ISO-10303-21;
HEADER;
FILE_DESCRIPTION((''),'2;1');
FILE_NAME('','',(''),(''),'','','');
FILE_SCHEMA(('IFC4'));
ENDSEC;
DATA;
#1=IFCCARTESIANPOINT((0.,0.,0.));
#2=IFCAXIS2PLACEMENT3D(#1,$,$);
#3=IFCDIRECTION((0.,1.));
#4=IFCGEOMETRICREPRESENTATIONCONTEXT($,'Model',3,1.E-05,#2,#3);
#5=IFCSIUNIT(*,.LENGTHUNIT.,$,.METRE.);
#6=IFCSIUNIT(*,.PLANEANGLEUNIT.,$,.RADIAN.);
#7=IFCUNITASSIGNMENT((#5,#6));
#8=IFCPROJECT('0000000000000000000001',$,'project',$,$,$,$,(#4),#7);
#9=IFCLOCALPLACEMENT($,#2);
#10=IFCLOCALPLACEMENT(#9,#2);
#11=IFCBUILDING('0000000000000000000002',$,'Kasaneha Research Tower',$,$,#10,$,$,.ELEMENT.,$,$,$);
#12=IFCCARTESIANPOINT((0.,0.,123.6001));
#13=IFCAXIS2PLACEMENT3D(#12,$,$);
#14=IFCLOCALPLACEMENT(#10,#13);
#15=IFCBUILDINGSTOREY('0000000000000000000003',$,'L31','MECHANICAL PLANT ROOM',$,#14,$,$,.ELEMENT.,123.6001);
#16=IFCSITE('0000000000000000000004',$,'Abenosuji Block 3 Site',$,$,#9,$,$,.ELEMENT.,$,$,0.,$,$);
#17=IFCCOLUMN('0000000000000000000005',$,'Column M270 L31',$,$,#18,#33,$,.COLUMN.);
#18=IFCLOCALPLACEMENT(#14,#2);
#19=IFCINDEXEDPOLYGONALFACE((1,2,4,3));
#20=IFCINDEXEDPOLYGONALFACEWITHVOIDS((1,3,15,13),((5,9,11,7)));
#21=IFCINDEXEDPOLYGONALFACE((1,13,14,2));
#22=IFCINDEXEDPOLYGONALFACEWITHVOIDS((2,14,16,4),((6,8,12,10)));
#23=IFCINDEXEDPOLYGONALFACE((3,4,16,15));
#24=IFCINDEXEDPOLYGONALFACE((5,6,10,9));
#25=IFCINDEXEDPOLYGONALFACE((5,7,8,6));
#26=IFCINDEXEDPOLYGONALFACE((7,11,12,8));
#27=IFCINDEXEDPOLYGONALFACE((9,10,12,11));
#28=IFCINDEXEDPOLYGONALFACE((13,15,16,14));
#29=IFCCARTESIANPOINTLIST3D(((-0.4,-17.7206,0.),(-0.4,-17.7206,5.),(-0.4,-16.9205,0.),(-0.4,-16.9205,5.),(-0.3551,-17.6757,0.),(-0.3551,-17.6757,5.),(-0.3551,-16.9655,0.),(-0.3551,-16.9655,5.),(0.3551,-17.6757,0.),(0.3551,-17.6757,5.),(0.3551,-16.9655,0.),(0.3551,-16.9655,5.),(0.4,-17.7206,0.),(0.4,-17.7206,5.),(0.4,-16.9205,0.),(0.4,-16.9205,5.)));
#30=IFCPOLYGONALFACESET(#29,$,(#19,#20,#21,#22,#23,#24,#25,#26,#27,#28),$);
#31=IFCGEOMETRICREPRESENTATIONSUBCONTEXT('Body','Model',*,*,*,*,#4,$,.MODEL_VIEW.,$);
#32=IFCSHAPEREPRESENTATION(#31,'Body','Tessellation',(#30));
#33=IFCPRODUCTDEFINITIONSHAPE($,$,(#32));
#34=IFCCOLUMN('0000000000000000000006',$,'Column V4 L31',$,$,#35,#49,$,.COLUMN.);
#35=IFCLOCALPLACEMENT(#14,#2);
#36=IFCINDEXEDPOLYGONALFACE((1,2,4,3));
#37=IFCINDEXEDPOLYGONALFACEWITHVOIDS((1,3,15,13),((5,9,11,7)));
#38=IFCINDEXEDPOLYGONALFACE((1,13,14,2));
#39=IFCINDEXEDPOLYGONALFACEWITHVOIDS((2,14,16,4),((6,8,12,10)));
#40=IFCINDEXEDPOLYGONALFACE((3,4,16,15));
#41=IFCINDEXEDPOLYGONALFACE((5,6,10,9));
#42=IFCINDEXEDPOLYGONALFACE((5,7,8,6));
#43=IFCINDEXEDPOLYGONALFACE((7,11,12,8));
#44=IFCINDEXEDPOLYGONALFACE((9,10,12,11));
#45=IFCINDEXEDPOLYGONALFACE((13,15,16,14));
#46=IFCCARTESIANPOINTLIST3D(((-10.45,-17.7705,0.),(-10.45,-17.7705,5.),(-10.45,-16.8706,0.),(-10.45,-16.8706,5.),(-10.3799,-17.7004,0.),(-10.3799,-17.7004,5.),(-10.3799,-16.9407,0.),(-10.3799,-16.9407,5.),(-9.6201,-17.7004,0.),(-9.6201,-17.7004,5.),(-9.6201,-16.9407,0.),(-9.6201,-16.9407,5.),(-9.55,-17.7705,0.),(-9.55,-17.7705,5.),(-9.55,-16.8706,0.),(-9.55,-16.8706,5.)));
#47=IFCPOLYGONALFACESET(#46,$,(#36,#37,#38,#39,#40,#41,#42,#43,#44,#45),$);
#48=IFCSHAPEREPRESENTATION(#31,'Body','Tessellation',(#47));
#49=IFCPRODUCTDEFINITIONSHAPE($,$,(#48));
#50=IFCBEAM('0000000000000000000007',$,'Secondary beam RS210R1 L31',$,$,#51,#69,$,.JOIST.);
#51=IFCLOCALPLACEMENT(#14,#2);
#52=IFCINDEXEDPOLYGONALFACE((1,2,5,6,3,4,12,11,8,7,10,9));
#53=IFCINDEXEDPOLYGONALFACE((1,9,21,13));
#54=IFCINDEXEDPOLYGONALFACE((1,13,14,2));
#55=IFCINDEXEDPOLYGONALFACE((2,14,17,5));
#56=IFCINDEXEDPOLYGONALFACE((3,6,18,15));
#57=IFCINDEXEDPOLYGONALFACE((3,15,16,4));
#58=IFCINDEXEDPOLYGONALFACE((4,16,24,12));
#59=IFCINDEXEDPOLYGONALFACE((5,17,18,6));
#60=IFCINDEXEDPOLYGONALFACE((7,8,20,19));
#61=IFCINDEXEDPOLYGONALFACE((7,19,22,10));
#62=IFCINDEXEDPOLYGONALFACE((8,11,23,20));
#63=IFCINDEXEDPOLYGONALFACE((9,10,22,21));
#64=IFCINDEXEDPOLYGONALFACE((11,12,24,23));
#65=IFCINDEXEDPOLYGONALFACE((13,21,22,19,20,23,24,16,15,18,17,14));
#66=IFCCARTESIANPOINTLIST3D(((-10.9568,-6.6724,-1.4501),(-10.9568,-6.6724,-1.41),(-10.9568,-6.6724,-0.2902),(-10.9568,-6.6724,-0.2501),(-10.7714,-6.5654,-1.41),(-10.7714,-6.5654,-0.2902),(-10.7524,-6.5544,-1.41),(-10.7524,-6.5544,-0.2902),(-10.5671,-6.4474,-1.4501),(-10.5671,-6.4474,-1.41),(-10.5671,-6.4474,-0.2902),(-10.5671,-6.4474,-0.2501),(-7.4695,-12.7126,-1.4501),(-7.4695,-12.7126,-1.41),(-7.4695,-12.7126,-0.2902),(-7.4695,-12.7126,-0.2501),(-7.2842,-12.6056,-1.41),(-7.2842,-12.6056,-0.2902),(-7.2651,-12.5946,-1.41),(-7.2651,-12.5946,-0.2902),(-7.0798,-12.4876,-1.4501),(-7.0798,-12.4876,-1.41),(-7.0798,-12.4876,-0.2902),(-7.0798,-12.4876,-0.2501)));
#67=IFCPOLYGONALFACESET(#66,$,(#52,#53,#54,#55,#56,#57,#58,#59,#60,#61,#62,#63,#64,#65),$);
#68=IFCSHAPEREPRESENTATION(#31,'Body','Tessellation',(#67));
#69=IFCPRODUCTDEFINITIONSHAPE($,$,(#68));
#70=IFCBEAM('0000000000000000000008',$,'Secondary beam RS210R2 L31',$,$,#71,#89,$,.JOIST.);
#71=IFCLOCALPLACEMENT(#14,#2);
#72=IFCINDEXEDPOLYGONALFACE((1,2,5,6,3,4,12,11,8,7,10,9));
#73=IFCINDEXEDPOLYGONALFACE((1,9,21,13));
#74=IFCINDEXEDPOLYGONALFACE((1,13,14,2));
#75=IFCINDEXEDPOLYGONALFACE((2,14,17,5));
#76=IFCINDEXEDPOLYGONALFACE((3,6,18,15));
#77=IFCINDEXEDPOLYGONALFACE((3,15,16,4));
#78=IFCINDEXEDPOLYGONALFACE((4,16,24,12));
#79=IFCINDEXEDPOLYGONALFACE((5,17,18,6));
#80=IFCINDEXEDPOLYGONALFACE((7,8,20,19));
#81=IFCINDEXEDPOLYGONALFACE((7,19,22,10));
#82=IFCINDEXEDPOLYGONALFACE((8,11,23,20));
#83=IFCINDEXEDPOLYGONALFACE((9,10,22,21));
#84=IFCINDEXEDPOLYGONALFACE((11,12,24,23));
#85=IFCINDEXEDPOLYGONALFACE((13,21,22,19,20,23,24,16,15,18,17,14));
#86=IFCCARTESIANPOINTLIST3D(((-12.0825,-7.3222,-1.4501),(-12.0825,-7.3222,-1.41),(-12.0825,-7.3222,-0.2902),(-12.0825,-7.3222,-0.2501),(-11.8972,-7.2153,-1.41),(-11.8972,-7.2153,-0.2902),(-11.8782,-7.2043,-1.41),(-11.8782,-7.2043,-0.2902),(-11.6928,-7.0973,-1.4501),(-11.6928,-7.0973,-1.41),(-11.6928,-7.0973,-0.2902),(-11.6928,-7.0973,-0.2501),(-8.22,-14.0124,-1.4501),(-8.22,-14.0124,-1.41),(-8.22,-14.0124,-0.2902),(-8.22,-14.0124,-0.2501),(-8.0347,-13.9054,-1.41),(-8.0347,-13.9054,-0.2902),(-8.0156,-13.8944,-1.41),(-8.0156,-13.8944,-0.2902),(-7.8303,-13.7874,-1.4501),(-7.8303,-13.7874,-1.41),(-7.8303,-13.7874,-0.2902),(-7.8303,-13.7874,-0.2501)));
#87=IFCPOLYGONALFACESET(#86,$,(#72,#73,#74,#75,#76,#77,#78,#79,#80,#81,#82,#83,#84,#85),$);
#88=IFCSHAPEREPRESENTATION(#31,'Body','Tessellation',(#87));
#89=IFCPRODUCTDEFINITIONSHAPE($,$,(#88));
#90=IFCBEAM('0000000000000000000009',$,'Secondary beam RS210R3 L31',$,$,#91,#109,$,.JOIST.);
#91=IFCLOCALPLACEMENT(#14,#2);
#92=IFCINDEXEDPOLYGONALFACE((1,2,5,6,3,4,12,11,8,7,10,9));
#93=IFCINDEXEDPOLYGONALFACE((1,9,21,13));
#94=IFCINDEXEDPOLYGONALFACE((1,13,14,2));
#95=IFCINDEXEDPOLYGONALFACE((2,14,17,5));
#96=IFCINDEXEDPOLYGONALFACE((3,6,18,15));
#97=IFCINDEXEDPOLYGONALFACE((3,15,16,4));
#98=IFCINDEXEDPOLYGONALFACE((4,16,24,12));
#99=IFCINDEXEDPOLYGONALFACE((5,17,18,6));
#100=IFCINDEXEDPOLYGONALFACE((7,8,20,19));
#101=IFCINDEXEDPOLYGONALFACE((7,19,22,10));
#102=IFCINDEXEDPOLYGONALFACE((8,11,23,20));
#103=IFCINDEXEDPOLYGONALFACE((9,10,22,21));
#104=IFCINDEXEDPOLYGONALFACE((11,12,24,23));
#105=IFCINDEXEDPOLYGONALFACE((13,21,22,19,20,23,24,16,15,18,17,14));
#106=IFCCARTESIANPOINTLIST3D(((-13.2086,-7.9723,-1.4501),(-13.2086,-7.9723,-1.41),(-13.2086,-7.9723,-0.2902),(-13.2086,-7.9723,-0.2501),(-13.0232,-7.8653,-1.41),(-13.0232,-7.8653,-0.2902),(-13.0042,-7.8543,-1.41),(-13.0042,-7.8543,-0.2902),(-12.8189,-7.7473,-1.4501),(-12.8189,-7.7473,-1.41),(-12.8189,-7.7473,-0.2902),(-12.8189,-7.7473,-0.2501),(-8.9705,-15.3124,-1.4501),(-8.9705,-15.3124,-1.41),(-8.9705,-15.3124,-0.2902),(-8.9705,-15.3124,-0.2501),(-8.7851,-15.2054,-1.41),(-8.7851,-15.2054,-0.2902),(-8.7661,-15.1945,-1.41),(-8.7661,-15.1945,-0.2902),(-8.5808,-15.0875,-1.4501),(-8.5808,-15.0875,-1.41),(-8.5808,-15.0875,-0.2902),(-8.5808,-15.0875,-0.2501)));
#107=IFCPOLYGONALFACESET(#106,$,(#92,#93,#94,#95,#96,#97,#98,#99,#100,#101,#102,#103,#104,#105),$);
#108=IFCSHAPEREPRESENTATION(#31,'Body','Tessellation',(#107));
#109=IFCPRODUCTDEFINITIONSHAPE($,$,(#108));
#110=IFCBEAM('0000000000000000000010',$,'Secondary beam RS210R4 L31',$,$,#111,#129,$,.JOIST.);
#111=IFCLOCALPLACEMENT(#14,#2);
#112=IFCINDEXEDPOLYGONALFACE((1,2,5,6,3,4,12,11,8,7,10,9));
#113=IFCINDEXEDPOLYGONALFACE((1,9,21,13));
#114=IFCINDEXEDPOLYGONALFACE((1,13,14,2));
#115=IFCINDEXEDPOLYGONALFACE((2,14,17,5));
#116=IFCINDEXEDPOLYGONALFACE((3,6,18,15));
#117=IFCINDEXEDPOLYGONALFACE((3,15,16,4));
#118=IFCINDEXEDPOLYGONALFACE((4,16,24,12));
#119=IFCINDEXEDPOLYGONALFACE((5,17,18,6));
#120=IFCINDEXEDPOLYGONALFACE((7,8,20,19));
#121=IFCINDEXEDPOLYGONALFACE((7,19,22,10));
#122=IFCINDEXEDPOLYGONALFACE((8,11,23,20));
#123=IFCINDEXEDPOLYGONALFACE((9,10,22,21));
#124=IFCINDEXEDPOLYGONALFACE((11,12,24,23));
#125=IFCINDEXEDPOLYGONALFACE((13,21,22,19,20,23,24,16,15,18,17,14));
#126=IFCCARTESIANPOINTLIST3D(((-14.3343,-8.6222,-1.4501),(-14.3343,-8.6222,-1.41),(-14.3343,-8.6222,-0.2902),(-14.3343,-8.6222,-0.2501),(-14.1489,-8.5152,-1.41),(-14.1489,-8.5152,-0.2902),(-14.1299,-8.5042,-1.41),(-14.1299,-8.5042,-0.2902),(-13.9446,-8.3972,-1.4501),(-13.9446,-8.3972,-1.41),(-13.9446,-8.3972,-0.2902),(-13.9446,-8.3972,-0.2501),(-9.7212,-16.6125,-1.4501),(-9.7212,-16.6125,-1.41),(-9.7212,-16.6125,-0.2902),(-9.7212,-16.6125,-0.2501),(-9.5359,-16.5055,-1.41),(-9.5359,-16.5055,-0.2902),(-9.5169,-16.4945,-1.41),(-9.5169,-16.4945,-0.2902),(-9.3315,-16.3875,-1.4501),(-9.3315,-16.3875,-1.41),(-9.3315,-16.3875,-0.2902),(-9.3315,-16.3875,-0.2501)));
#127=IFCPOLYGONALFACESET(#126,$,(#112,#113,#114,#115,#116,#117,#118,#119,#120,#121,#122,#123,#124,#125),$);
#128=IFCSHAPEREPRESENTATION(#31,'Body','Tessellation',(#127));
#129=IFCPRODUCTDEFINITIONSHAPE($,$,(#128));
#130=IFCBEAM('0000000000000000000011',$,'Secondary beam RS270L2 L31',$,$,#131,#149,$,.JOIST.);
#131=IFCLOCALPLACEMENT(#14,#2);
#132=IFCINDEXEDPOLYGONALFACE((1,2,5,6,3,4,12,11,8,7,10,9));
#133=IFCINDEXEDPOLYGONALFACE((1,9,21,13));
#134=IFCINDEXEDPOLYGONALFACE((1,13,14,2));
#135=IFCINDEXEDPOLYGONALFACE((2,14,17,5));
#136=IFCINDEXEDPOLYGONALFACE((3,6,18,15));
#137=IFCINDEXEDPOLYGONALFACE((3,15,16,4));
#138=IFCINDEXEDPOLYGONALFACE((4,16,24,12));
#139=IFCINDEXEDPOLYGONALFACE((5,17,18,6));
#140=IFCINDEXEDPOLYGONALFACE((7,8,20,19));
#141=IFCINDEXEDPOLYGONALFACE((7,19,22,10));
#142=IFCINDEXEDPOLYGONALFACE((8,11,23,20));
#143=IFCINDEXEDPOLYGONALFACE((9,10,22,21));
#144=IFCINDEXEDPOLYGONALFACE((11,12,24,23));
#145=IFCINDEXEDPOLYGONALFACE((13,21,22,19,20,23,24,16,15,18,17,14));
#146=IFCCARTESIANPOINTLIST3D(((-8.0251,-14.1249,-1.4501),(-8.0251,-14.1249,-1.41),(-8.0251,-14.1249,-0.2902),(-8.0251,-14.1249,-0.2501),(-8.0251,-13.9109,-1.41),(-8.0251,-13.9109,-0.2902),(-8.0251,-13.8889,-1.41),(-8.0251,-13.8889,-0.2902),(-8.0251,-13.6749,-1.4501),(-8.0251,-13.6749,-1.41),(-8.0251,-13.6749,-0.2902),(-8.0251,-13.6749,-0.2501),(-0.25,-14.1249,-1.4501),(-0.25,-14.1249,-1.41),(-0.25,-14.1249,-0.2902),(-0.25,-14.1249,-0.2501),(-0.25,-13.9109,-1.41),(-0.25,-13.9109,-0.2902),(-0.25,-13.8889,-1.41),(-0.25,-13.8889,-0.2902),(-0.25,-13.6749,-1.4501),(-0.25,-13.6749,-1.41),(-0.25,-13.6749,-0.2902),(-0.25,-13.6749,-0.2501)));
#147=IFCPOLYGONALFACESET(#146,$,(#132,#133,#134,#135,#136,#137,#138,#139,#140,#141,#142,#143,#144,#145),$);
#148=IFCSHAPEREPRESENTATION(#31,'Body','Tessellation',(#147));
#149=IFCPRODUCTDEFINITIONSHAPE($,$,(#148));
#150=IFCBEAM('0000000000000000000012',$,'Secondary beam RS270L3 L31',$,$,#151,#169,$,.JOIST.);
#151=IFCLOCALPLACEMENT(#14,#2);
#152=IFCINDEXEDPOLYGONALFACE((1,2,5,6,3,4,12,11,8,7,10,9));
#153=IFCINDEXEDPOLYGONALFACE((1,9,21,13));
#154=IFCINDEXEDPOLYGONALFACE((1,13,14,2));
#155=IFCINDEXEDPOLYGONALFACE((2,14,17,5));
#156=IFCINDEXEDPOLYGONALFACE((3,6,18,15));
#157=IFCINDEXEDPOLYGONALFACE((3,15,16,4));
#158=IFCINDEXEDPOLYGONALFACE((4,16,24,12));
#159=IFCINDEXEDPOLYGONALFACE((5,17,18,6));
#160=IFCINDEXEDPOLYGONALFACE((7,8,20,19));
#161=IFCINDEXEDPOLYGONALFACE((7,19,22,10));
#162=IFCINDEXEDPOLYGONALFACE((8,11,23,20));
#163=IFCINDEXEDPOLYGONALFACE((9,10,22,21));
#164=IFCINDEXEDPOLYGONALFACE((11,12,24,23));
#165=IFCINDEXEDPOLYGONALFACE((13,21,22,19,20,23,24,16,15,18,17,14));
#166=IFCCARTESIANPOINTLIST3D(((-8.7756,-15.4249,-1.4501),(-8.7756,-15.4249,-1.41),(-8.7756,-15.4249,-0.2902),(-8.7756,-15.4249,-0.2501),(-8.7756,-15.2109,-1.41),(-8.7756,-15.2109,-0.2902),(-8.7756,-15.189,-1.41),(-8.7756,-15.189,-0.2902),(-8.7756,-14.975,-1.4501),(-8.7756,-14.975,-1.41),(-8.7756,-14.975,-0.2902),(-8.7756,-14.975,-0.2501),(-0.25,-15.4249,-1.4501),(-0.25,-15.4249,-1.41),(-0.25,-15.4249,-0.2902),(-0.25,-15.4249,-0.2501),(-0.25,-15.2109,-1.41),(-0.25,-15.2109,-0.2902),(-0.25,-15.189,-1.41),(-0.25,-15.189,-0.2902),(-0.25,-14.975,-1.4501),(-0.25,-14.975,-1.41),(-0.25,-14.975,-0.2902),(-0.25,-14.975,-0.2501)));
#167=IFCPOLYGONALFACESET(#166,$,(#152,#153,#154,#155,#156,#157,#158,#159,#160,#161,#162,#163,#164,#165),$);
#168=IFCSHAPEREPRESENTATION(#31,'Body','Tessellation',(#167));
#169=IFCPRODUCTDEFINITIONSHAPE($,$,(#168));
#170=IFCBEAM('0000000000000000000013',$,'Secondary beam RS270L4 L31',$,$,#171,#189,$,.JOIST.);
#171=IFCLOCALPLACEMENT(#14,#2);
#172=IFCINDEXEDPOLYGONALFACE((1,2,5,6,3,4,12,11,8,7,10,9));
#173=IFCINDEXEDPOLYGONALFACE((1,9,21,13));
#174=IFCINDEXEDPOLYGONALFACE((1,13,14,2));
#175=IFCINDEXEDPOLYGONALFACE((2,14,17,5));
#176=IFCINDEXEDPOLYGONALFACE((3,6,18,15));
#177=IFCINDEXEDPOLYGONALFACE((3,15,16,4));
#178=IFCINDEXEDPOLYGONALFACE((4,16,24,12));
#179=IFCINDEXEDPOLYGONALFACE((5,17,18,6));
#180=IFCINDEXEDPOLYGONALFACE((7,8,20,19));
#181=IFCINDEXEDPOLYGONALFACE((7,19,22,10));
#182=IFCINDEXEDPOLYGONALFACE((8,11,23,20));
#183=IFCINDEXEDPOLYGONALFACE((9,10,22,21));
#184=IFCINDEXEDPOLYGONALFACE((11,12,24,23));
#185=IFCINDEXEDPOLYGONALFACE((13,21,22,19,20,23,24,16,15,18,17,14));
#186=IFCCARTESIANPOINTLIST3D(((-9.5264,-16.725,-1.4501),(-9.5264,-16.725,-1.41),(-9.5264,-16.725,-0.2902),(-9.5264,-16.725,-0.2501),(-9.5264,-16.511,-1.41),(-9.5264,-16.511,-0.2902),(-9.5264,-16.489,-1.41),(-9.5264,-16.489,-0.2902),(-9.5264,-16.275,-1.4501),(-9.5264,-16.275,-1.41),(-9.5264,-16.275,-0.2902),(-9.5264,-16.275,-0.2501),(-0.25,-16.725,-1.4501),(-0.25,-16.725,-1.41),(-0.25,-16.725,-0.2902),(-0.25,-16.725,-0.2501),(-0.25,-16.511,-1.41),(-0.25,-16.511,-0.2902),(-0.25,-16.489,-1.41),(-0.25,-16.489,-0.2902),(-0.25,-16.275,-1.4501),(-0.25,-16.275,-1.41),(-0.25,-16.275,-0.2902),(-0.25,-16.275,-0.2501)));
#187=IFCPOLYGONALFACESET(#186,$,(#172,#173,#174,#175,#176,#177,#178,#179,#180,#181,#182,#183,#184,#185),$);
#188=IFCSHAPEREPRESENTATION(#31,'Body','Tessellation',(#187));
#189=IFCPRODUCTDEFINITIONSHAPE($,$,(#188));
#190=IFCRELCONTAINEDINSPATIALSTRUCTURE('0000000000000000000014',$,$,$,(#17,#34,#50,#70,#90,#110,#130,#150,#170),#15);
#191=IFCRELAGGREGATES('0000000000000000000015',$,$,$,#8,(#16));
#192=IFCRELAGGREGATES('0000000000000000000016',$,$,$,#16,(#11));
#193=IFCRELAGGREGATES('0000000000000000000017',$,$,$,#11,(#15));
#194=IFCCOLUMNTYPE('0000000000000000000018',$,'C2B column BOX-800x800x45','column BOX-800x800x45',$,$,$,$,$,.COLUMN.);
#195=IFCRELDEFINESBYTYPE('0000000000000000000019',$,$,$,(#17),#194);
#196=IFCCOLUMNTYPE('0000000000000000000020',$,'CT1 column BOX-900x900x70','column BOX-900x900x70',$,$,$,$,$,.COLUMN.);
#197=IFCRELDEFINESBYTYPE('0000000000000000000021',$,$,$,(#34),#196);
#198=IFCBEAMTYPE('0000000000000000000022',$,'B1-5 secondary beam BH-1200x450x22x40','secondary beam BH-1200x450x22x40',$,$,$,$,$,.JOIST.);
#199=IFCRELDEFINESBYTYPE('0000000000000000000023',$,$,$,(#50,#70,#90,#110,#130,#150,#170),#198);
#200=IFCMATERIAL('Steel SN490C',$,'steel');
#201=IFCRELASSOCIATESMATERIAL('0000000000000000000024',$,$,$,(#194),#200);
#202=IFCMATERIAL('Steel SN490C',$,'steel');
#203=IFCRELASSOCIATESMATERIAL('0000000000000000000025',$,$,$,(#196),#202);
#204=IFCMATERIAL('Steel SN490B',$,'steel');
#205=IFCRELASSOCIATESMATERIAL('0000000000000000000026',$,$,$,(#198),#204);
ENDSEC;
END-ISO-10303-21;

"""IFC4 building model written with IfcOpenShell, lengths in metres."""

from ifc_helpers import new_model, si_unit, direction, frame, origin, origin_2d, place, context, subcontext, project, spatial, hollow_rectangle, i_section, extrude, material, material_profile, profile_set, type_object, element, save


model = new_model("IFC4")

# Units and contexts
model_context = context("Model", 3, precision=1e-05, world=origin(), true_north=direction((0.0, 1.0)))
body_context = subcontext(model_context, "Body", "Model", "MODEL_VIEW")
ifc_project = project(units=[si_unit("LENGTHUNIT", "METRE"), si_unit("PLANEANGLEUNIT", "RADIAN")], contexts=[model_context])

# Site, building, storey
site_placement = place(None, origin())
site = spatial("IfcSite", under=ifc_project, at=site_placement, Name="Abenosuji Block 3 Site", CompositionType="ELEMENT", RefElevation=0.0)
building_placement = place(site_placement, origin())
building = spatial("IfcBuilding", under=site, at=building_placement, Name="Kasaneha Research Tower", CompositionType="ELEMENT")
storey_placement = place(building_placement, frame((0.0, 0.0, 123.6001)))
storey = spatial("IfcBuildingStorey", under=building, at=storey_placement, Name="L31", Description="MECHANICAL PLANT ROOM", CompositionType="ELEMENT", Elevation=123.6001)

# Columns
ifc_material_1 = material(Name="Steel SN490C", Category="steel")
ifc_material_profile_1 = material_profile(ifc_material_1, hollow_rectangle(XDim=0.8, YDim=0.8, WallThickness=0.0449, at=origin_2d()), Name="BOX-800x800x45")
ifc_profile_set_1 = profile_set([ifc_material_profile_1], Name="Steel SN490C")
column_type_1 = type_object("IfcColumnType", Name="C2B column BOX-800x800x45", Description="column BOX-800x800x45", PredefinedType="COLUMN", material=ifc_profile_set_1)
column_1_placement = place(storey_placement, frame((0.0, -17.3206, 0.0), z_axis=(0.0, 0.0, 1.0), x_axis=(1.0, 0.0, 0.0)))
element("IfcColumn", 1, at=column_1_placement, inside=storey, type_object=column_type_1, Name="Column M270 L31", PredefinedType="COLUMN", context=body_context, shape_type="SweptSolid", body=[
    extrude(hollow_rectangle(XDim=0.8, YDim=0.8, WallThickness=0.0449, at=origin_2d()), origin(), (0.0, 0.0, 1.0), 5.0),
])
ifc_material_2 = material(Name="Steel SN490C", Category="steel")
ifc_material_profile_2 = material_profile(ifc_material_2, hollow_rectangle(XDim=0.8999, YDim=0.8999, WallThickness=0.0701, at=origin_2d()), Name="BOX-900x900x70")
ifc_profile_set_2 = profile_set([ifc_material_profile_2], Name="Steel SN490C")
column_type_2 = type_object("IfcColumnType", Name="CT1 column BOX-900x900x70", Description="column BOX-900x900x70", PredefinedType="COLUMN", material=ifc_profile_set_2)
column_2_placement = place(storey_placement, frame((-10.0, -17.3206, 0.0), z_axis=(0.0, 0.0, 1.0), x_axis=(1.0, 0.0, 0.0)))
element("IfcColumn", 2, at=column_2_placement, inside=storey, type_object=column_type_2, Name="Column V4 L31", PredefinedType="COLUMN", context=body_context, shape_type="SweptSolid", body=[
    extrude(hollow_rectangle(XDim=0.8999, YDim=0.8999, WallThickness=0.0701, at=origin_2d()), origin(), (0.0, 0.0, 1.0), 5.0),
])

# Beams
ifc_material_3 = material(Name="Steel SN490B", Category="steel")
ifc_material_profile_3 = material_profile(ifc_material_3, i_section(OverallWidth=0.45, OverallDepth=1.2, WebThickness=0.022, FlangeThickness=0.04, at=origin_2d()), Name="BH-1200x450x22x40")
ifc_profile_set_3 = profile_set([ifc_material_profile_3], Name="Steel SN490B")
beam_type_1 = type_object("IfcBeamType", Name="B1-5 secondary beam BH-1200x450x22x40", Description="secondary beam BH-1200x450x22x40", PredefinedType="JOIST", material=ifc_profile_set_3)
beam_1_placement = place(storey_placement, frame((-7.2747, -12.6001, -0.8501), z_axis=(-0.499994, 0.866029, 0.0), x_axis=(-0.866029, -0.499994, 0.0)))
element("IfcBeam", 3, at=beam_1_placement, inside=storey, type_object=beam_type_1, Name="Secondary beam RS210R1 L31", PredefinedType="JOIST", context=body_context, shape_type="SweptSolid", body=[
    extrude(i_section(OverallWidth=0.45, OverallDepth=1.2, WebThickness=0.022, FlangeThickness=0.04, at=origin_2d()), origin(), (0.0, 0.0, 1.0), 6.9746),
])
beam_2_placement = place(storey_placement, frame((-8.0251, -13.8999, -0.8501), z_axis=(-0.499997, 0.866027, 0.0), x_axis=(-0.866027, -0.499997, 0.0)))
element("IfcBeam", 4, at=beam_2_placement, inside=storey, type_object=beam_type_1, Name="Secondary beam RS210R2 L31", PredefinedType="JOIST", context=body_context, shape_type="SweptSolid", body=[
    extrude(i_section(OverallWidth=0.45, OverallDepth=1.2, WebThickness=0.022, FlangeThickness=0.04, at=origin_2d()), origin(), (0.0, 0.0, 1.0), 7.7251),
])
beam_3_placement = place(storey_placement, frame((-8.7756, -15.2, -0.8501), z_axis=(-0.500021, 0.866013, 0.0), x_axis=(-0.866013, -0.500021, 0.0)))
element("IfcBeam", 5, at=beam_3_placement, inside=storey, type_object=beam_type_1, Name="Secondary beam RS210R3 L31", PredefinedType="JOIST", context=body_context, shape_type="SweptSolid", body=[
    extrude(i_section(OverallWidth=0.45, OverallDepth=1.2, WebThickness=0.022, FlangeThickness=0.04, at=origin_2d()), origin(), (0.0, 0.0, 1.0), 8.4758),
])
beam_4_placement = place(storey_placement, frame((-9.5264, -16.5, -0.8501), z_axis=(-0.49999, 0.866031, 0.0), x_axis=(-0.866031, -0.49999, 0.0)))
element("IfcBeam", 6, at=beam_4_placement, inside=storey, type_object=beam_type_1, Name="Secondary beam RS210R4 L31", PredefinedType="JOIST", context=body_context, shape_type="SweptSolid", body=[
    extrude(i_section(OverallWidth=0.45, OverallDepth=1.2, WebThickness=0.022, FlangeThickness=0.04, at=origin_2d()), origin(), (0.0, 0.0, 1.0), 9.2263),
])
beam_5_placement = place(storey_placement, frame((-8.0251, -13.8999, -0.8501), z_axis=(1.0, 0.0, 0.0), x_axis=(0.0, 1.0, 0.0)))
element("IfcBeam", 7, at=beam_5_placement, inside=storey, type_object=beam_type_1, Name="Secondary beam RS270L2 L31", PredefinedType="JOIST", context=body_context, shape_type="SweptSolid", body=[
    extrude(i_section(OverallWidth=0.45, OverallDepth=1.2, WebThickness=0.022, FlangeThickness=0.04, at=origin_2d()), origin(), (0.0, 0.0, 1.0), 7.7751),
])
beam_6_placement = place(storey_placement, frame((-8.7756, -15.2, -0.8501), z_axis=(1.0, 0.0, 0.0), x_axis=(0.0, 1.0, 0.0)))
element("IfcBeam", 8, at=beam_6_placement, inside=storey, type_object=beam_type_1, Name="Secondary beam RS270L3 L31", PredefinedType="JOIST", context=body_context, shape_type="SweptSolid", body=[
    extrude(i_section(OverallWidth=0.45, OverallDepth=1.2, WebThickness=0.022, FlangeThickness=0.04, at=origin_2d()), origin(), (0.0, 0.0, 1.0), 8.5256),
])
beam_7_placement = place(storey_placement, frame((-9.5264, -16.5, -0.8501), z_axis=(1.0, 0.0, 0.0), x_axis=(0.0, 1.0, 0.0)))
element("IfcBeam", 9, at=beam_7_placement, inside=storey, type_object=beam_type_1, Name="Secondary beam RS270L4 L31", PredefinedType="JOIST", context=body_context, shape_type="SweptSolid", body=[
    extrude(i_section(OverallWidth=0.45, OverallDepth=1.2, WebThickness=0.022, FlangeThickness=0.04, at=origin_2d()), origin(), (0.0, 0.0, 1.0), 9.2764),
])

save(model, "model.ifc")
